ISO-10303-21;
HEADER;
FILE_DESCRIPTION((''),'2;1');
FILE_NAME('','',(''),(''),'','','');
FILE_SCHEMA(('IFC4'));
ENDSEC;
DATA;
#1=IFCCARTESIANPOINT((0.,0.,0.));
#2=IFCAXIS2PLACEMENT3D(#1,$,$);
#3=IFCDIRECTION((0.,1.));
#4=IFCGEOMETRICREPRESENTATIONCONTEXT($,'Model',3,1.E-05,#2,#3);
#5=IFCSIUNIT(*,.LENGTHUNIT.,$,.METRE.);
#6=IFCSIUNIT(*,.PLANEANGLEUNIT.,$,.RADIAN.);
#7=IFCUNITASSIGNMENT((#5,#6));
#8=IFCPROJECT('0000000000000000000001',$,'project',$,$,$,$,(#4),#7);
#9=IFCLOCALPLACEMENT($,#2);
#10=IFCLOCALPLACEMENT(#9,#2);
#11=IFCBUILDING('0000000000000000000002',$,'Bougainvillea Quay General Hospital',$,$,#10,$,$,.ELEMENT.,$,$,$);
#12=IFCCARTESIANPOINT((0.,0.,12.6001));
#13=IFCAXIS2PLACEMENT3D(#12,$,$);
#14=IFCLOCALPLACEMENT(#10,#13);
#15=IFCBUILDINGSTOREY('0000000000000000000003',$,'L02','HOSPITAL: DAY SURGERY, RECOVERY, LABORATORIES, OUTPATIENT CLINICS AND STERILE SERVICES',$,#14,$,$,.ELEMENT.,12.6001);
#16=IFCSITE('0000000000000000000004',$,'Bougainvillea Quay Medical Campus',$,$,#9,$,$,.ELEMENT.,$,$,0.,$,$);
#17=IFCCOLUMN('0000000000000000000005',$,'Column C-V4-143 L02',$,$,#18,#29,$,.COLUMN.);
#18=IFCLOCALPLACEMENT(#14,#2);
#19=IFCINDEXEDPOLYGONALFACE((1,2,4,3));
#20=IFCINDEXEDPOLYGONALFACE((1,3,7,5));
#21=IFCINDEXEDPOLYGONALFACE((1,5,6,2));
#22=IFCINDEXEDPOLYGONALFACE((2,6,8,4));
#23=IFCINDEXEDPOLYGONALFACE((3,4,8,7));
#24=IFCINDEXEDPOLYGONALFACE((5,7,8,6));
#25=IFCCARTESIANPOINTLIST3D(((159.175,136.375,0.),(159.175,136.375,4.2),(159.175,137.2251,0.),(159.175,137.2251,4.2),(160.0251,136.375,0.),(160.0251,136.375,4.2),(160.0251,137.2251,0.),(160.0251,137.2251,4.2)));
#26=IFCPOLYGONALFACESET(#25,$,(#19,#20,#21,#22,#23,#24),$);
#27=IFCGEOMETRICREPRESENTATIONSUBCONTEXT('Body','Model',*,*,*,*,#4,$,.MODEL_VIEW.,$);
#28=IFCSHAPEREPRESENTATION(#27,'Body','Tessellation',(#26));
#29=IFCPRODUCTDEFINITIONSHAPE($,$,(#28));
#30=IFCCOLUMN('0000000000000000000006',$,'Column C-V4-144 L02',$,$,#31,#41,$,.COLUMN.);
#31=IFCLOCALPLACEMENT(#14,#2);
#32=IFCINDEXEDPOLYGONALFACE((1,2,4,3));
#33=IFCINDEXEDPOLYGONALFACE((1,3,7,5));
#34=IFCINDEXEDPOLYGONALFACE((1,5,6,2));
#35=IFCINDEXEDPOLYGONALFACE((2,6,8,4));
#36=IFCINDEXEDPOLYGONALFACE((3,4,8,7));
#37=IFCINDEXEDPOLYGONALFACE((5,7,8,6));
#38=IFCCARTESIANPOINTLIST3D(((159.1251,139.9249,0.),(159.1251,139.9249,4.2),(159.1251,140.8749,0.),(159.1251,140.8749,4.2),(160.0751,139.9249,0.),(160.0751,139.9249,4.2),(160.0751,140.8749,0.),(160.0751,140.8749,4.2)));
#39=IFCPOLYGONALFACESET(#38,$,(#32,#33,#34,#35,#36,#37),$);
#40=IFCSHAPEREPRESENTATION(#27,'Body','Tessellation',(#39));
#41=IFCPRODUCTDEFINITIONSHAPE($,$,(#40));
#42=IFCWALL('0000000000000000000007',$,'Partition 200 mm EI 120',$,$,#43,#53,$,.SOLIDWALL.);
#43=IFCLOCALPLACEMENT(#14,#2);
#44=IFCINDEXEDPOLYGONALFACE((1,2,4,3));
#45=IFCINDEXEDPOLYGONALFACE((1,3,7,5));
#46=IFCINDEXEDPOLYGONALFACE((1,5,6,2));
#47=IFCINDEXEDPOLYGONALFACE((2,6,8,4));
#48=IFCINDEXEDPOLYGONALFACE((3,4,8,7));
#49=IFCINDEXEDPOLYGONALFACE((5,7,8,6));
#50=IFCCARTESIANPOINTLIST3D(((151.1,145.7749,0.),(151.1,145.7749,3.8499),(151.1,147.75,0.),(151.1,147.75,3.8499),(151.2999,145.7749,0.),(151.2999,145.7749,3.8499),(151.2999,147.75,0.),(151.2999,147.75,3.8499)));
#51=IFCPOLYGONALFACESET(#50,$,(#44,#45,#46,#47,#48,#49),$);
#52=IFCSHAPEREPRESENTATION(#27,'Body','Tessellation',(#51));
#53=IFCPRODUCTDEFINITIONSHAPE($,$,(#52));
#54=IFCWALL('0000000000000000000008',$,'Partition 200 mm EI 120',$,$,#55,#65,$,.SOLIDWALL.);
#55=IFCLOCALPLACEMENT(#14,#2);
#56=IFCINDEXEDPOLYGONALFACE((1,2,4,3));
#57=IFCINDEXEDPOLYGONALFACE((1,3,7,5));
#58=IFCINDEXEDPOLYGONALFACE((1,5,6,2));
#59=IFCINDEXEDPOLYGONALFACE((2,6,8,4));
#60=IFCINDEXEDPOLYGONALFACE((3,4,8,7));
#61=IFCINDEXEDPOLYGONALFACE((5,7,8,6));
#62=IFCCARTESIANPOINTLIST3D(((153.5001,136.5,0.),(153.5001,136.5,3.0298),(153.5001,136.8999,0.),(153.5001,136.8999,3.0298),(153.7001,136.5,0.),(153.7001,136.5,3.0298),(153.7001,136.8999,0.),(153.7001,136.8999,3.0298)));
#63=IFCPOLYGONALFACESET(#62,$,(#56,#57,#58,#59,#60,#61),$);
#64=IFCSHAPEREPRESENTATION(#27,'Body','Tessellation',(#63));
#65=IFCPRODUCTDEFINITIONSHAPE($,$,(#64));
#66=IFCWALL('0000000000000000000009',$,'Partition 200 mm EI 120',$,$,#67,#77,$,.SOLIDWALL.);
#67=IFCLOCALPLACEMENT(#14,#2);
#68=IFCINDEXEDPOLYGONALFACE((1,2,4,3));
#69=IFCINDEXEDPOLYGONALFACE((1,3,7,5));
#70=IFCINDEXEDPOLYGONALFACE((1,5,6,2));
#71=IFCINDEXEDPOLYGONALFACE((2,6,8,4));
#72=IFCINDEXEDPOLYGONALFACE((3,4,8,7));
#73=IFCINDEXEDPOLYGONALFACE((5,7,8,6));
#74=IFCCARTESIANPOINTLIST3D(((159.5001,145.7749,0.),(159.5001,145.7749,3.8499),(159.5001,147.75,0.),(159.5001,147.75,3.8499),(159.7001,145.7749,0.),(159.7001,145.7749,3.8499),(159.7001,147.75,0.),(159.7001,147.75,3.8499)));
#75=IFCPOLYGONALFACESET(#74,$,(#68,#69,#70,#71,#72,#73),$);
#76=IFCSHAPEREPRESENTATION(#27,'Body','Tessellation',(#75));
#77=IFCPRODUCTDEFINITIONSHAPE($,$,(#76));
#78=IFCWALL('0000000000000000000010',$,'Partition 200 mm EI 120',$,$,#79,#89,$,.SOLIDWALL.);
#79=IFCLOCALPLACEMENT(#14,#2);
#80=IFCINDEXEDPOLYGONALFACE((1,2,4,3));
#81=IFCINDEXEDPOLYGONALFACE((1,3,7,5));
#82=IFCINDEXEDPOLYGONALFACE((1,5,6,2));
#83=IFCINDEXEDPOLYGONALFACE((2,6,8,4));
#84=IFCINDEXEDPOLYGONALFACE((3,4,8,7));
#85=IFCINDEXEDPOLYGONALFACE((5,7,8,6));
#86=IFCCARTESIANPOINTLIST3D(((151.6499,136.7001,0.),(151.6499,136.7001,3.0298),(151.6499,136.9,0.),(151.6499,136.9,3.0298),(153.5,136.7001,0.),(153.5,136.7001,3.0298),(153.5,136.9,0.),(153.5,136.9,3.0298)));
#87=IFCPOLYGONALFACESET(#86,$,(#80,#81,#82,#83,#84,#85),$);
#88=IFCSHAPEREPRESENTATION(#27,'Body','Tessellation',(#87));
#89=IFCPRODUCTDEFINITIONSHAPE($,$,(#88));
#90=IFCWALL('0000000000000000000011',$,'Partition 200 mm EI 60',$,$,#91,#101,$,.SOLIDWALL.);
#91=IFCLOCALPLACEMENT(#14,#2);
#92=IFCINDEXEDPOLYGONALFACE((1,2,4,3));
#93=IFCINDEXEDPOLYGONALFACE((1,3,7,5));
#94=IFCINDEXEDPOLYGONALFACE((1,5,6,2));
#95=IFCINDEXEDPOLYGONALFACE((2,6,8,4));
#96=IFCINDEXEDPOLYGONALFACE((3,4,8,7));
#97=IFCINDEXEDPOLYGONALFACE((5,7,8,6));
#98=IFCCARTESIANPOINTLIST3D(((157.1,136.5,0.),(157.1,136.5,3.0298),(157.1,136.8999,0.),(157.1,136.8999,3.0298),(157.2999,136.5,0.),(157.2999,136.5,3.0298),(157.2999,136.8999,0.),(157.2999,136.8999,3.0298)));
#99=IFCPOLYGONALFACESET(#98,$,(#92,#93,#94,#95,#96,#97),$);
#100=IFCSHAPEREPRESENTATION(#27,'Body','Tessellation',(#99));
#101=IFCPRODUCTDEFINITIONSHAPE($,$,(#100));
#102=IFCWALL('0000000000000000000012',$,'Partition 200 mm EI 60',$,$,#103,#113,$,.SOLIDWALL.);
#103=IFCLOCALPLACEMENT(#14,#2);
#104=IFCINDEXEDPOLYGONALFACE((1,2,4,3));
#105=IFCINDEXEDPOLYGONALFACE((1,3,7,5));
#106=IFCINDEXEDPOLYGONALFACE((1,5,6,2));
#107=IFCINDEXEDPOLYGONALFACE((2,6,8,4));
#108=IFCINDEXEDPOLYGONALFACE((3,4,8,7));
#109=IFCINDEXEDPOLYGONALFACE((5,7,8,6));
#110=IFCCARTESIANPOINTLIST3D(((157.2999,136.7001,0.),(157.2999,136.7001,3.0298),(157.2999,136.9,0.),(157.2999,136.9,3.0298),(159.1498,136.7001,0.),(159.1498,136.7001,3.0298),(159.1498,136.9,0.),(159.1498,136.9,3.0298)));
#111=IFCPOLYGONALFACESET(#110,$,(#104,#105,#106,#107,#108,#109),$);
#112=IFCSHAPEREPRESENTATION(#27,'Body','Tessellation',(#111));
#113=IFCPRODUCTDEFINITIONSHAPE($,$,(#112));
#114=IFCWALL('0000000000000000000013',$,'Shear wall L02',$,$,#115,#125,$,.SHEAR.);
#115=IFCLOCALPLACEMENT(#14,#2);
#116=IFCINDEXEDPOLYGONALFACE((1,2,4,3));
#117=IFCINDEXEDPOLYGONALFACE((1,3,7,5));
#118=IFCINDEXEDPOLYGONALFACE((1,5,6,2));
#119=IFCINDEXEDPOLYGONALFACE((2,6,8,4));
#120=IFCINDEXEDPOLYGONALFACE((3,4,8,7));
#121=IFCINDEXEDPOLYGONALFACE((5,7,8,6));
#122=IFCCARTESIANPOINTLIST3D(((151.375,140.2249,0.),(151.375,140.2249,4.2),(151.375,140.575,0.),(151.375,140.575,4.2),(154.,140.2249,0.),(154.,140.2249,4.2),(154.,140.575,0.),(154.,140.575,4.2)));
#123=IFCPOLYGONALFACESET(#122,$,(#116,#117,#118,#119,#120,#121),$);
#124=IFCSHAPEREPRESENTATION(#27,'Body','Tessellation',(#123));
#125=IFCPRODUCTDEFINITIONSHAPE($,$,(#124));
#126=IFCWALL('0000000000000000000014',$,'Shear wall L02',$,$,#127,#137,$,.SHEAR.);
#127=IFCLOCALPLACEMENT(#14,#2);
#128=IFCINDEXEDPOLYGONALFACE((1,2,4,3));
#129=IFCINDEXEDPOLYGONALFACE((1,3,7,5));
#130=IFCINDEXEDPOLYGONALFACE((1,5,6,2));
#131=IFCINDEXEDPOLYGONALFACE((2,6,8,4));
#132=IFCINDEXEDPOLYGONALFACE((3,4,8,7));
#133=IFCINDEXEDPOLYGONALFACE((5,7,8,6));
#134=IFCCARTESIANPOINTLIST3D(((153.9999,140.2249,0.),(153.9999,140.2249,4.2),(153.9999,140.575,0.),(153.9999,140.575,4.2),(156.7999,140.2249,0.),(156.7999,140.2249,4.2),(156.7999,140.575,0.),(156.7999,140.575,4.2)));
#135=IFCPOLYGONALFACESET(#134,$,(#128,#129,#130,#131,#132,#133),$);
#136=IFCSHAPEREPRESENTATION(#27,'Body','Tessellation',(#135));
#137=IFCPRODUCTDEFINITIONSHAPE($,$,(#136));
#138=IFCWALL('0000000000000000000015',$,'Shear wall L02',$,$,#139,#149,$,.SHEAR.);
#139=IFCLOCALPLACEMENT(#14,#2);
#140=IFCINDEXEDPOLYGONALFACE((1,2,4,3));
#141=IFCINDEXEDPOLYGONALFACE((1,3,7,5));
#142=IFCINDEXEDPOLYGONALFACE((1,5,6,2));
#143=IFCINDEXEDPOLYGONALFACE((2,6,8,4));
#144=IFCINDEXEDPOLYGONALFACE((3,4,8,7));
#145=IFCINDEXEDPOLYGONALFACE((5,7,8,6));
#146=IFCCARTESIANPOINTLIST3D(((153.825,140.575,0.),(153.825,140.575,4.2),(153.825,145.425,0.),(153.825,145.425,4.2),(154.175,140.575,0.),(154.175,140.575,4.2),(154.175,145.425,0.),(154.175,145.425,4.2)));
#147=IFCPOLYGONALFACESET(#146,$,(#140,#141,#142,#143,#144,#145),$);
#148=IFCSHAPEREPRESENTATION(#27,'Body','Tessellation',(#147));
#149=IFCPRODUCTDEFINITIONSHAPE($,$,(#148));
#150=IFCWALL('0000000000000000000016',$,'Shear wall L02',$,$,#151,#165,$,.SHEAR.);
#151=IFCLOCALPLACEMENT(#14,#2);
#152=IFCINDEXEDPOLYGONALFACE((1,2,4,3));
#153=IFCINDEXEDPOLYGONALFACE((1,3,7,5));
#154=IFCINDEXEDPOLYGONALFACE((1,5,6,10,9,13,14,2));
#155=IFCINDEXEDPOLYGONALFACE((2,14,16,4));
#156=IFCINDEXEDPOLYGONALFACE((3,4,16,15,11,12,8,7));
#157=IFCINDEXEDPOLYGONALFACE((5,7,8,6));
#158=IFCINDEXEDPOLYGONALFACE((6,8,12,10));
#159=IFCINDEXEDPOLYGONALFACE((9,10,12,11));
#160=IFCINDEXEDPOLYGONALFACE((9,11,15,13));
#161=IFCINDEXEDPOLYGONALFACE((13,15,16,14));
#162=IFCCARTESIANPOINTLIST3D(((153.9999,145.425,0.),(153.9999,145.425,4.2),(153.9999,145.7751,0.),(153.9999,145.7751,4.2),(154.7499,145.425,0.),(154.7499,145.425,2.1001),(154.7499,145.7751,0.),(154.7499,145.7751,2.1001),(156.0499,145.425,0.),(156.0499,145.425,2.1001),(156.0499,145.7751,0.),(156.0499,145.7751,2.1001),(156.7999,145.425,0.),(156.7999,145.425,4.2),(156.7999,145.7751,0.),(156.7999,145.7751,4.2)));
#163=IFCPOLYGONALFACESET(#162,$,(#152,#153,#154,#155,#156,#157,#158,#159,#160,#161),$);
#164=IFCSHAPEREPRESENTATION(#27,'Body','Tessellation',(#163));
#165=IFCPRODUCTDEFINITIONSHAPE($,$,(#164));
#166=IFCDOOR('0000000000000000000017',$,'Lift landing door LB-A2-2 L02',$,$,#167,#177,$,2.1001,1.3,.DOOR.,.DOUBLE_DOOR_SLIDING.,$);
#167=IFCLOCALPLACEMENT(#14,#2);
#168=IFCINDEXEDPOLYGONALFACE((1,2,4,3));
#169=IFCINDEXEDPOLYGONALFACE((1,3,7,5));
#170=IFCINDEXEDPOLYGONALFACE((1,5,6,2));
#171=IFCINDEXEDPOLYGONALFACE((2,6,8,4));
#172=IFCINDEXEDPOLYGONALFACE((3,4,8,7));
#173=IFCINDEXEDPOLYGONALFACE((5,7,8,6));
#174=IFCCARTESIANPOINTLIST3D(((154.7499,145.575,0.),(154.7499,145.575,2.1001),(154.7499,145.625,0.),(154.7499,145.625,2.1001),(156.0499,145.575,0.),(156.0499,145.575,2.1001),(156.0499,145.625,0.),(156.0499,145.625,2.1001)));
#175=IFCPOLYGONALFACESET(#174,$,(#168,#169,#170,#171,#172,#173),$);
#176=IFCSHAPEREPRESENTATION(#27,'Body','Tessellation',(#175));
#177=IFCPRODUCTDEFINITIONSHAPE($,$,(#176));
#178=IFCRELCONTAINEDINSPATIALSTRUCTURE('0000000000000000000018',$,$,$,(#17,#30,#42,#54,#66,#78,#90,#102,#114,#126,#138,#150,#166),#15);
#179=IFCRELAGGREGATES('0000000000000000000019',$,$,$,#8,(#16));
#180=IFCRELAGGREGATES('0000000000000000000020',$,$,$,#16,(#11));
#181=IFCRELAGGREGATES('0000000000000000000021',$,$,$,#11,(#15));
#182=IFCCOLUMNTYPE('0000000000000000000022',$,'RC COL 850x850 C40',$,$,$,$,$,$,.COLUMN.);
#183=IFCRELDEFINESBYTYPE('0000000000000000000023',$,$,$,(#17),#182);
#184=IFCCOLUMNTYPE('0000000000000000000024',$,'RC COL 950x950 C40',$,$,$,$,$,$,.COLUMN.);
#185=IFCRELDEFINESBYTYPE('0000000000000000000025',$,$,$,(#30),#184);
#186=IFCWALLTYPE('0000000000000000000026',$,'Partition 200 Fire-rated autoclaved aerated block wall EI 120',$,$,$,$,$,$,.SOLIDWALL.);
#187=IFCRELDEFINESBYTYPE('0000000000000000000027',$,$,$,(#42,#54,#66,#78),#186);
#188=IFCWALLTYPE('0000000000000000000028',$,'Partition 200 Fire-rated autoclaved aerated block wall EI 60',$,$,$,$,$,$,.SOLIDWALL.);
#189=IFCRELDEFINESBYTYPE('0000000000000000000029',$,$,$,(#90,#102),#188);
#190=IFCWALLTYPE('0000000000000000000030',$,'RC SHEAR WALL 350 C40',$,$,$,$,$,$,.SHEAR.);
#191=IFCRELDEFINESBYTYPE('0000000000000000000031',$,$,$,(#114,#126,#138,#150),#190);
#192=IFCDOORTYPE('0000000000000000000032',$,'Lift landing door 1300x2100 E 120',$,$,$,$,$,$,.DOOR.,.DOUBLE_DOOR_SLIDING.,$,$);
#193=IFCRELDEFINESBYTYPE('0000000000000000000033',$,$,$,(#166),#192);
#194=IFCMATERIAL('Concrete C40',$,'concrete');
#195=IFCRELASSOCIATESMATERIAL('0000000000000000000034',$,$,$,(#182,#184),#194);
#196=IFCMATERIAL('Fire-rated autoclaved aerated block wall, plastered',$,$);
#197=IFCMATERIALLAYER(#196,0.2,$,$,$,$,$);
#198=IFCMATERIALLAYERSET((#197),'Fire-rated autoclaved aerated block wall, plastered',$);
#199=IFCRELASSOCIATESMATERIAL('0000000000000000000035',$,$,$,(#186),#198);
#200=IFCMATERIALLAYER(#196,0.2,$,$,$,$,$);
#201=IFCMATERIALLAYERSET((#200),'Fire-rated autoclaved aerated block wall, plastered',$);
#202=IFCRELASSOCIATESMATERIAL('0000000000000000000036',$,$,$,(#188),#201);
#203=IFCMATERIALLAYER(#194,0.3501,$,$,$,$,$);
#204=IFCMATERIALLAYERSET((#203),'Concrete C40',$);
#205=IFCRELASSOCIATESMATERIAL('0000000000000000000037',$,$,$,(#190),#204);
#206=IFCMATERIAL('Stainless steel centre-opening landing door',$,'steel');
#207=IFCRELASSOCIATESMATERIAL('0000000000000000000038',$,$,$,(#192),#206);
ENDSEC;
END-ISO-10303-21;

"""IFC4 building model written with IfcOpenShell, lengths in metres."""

from ifc_helpers import new_model, si_unit, direction, frame, frame_2d, origin, origin_2d, place, context, subcontext, project, spatial, rectangle, extrude, material, layer, layer_set, material_profile, profile_set, type_object, element, fill, save


model = new_model("IFC4")

# Units and contexts
model_context = context("Model", 3, precision=1e-05, world=origin(), true_north=direction((0.0, 1.0)))
body_context = subcontext(model_context, "Body", "Model", "MODEL_VIEW")
ifc_project = project(units=[si_unit("LENGTHUNIT", "METRE"), si_unit("PLANEANGLEUNIT", "RADIAN")], contexts=[model_context])

# Site, building, storey
site_placement = place(None, origin())
site = spatial("IfcSite", under=ifc_project, at=site_placement, Name="Bougainvillea Quay Medical Campus", CompositionType="ELEMENT", RefElevation=0.0)
building_placement = place(site_placement, origin())
building = spatial("IfcBuilding", under=site, at=building_placement, Name="Bougainvillea Quay General Hospital", CompositionType="ELEMENT")
storey_placement = place(building_placement, frame((0.0, 0.0, 12.6001)))
storey = spatial("IfcBuildingStorey", under=building, at=storey_placement, Name="L02", Description="HOSPITAL: DAY SURGERY, RECOVERY, LABORATORIES, OUTPATIENT CLINICS AND STERILE SERVICES", CompositionType="ELEMENT", Elevation=12.6001)

# Columns
ifc_material_1 = material(Name="Concrete C40", Category="concrete")
ifc_material_profile_1 = material_profile(ifc_material_1, rectangle(XDim=0.8501, YDim=0.8501, at=origin_2d()))
ifc_profile_set_1 = profile_set([ifc_material_profile_1], Name="Concrete C40")
column_type_1 = type_object("IfcColumnType", Name="RC COL 850x850 C40", PredefinedType="COLUMN", material=ifc_profile_set_1)
column_1_placement = place(storey_placement, frame((159.6001, 136.8, 0.0), z_axis=(0.0, 0.0, 1.0), x_axis=(1.0, 0.0, 0.0)))
element("IfcColumn", 1, at=column_1_placement, inside=storey, type_object=column_type_1, Name="Column C-V4-143 L02", PredefinedType="COLUMN", context=body_context, shape_type="SweptSolid", body=[
    extrude(rectangle(XDim=0.8501, YDim=0.8501, at=origin_2d()), origin(), (0.0, 0.0, 1.0), 4.2),
])
ifc_material_profile_2 = material_profile(ifc_material_1, rectangle(XDim=0.95, YDim=0.95, at=origin_2d()))
ifc_profile_set_2 = profile_set([ifc_material_profile_2], Name="Concrete C40")
column_type_2 = type_object("IfcColumnType", Name="RC COL 950x950 C40", PredefinedType="COLUMN", material=ifc_profile_set_2)
column_2_placement = place(storey_placement, frame((159.6001, 140.3999, 0.0), z_axis=(0.0, 0.0, 1.0), x_axis=(1.0, 0.0, 0.0)))
element("IfcColumn", 2, at=column_2_placement, inside=storey, type_object=column_type_2, Name="Column C-V4-144 L02", PredefinedType="COLUMN", context=body_context, shape_type="SweptSolid", body=[
    extrude(rectangle(XDim=0.95, YDim=0.95, at=origin_2d()), origin(), (0.0, 0.0, 1.0), 4.2),
])

# Walls
ifc_material_2 = material(Name="Fire-rated autoclaved aerated block wall, plastered")
ifc_layer_1 = layer(ifc_material_2, 0.2)
ifc_layer_set_1 = layer_set([ifc_layer_1], Name="Fire-rated autoclaved aerated block wall, plastered")
wall_type_1 = type_object("IfcWallType", Name="Partition 200 Fire-rated autoclaved aerated block wall EI 120", PredefinedType="SOLIDWALL", material=ifc_layer_set_1)
wall_1_placement = place(storey_placement, frame((151.2, 147.75, 0.0), z_axis=(0.0, 0.0, 1.0), x_axis=(0.0, -1.0, 0.0)))
element("IfcWall", 3, at=wall_1_placement, inside=storey, type_object=wall_type_1, Name="Partition 200 mm EI 120", PredefinedType="SOLIDWALL", context=body_context, shape_type="SweptSolid", body=[
    extrude(rectangle(XDim=1.9751, YDim=0.2, at=frame_2d((0.9875, 0.0))), origin(), (0.0, 0.0, 1.0), 3.8499),
])
wall_2_placement = place(storey_placement, frame((153.6001, 136.5, 0.0), z_axis=(0.0, 0.0, 1.0), x_axis=(0.0, 1.0, 0.0)))
element("IfcWall", 4, at=wall_2_placement, inside=storey, type_object=wall_type_1, Name="Partition 200 mm EI 120", PredefinedType="SOLIDWALL", context=body_context, shape_type="SweptSolid", body=[
    extrude(rectangle(XDim=0.3999, YDim=0.2, at=frame_2d((0.2, 0.0))), origin(), (0.0, 0.0, 1.0), 3.0298),
])
wall_3_placement = place(storey_placement, frame((159.6001, 145.7749, 0.0), z_axis=(0.0, 0.0, 1.0), x_axis=(0.0, 1.0, 0.0)))
element("IfcWall", 5, at=wall_3_placement, inside=storey, type_object=wall_type_1, Name="Partition 200 mm EI 120", PredefinedType="SOLIDWALL", context=body_context, shape_type="SweptSolid", body=[
    extrude(rectangle(XDim=1.9751, YDim=0.2, at=frame_2d((0.9875, 0.0))), origin(), (0.0, 0.0, 1.0), 3.8499),
])
wall_4_placement = place(storey_placement, frame((151.6499, 136.8, 0.0), z_axis=(0.0, 0.0, 1.0), x_axis=(1.0, 0.0, 0.0)))
element("IfcWall", 6, at=wall_4_placement, inside=storey, type_object=wall_type_1, Name="Partition 200 mm EI 120", PredefinedType="SOLIDWALL", context=body_context, shape_type="SweptSolid", body=[
    extrude(rectangle(XDim=1.8501, YDim=0.2, at=frame_2d((0.925, 0.0))), origin(), (0.0, 0.0, 1.0), 3.0298),
])
ifc_layer_2 = layer(ifc_material_2, 0.2)
ifc_layer_set_2 = layer_set([ifc_layer_2], Name="Fire-rated autoclaved aerated block wall, plastered")
wall_type_2 = type_object("IfcWallType", Name="Partition 200 Fire-rated autoclaved aerated block wall EI 60", PredefinedType="SOLIDWALL", material=ifc_layer_set_2)
wall_5_placement = place(storey_placement, frame((157.2, 136.5, 0.0), z_axis=(0.0, 0.0, 1.0), x_axis=(0.0, 1.0, 0.0)))
element("IfcWall", 7, at=wall_5_placement, inside=storey, type_object=wall_type_2, Name="Partition 200 mm EI 60", PredefinedType="SOLIDWALL", context=body_context, shape_type="SweptSolid", body=[
    extrude(rectangle(XDim=0.3999, YDim=0.2, at=frame_2d((0.2, 0.0))), origin(), (0.0, 0.0, 1.0), 3.0298),
])
wall_6_placement = place(storey_placement, frame((157.3, 136.8, 0.0), z_axis=(0.0, 0.0, 1.0), x_axis=(1.0, 0.0, 0.0)))
element("IfcWall", 8, at=wall_6_placement, inside=storey, type_object=wall_type_2, Name="Partition 200 mm EI 60", PredefinedType="SOLIDWALL", context=body_context, shape_type="SweptSolid", body=[
    extrude(rectangle(XDim=1.8499, YDim=0.2, at=frame_2d((0.9248, 0.0))), origin(), (0.0, 0.0, 1.0), 3.0298),
])
ifc_layer_3 = layer(ifc_material_1, 0.3501)
ifc_layer_set_3 = layer_set([ifc_layer_3], Name="Concrete C40")
wall_type_3 = type_object("IfcWallType", Name="RC SHEAR WALL 350 C40", PredefinedType="SHEAR", material=ifc_layer_set_3)
wall_7_placement = place(storey_placement, frame((151.375, 140.3999, 0.0), z_axis=(0.0, 0.0, 1.0), x_axis=(1.0, 0.0, 0.0)))
element("IfcWall", 9, at=wall_7_placement, inside=storey, type_object=wall_type_3, Name="Shear wall L02", PredefinedType="SHEAR", context=body_context, shape_type="SweptSolid", body=[
    extrude(rectangle(XDim=2.625, YDim=0.3501, at=frame_2d((1.3125, 0.0))), origin(), (0.0, 0.0, 1.0), 4.2),
])
wall_8_placement = place(storey_placement, frame((154.0, 140.3999, 0.0), z_axis=(0.0, 0.0, 1.0), x_axis=(1.0, 0.0, 0.0)))
element("IfcWall", 10, at=wall_8_placement, inside=storey, type_object=wall_type_3, Name="Shear wall L02", PredefinedType="SHEAR", context=body_context, shape_type="SweptSolid", body=[
    extrude(rectangle(XDim=2.8, YDim=0.3501, at=frame_2d((1.3999, 0.0))), origin(), (0.0, 0.0, 1.0), 4.2),
])
wall_9_placement = place(storey_placement, frame((154.0, 140.575, 0.0), z_axis=(0.0, 0.0, 1.0), x_axis=(0.0, 1.0, 0.0)))
element("IfcWall", 11, at=wall_9_placement, inside=storey, type_object=wall_type_3, Name="Shear wall L02", PredefinedType="SHEAR", context=body_context, shape_type="SweptSolid", body=[
    extrude(rectangle(XDim=4.8501, YDim=0.3501, at=frame_2d((2.425, 0.0))), origin(), (0.0, 0.0, 1.0), 4.2),
])

# Wall, opening, door
wall_10_placement = place(storey_placement, frame((154.0, 145.6001, 0.0), z_axis=(0.0, 0.0, 1.0), x_axis=(1.0, 0.0, 0.0)))
wall_10 = element("IfcWall", 12, at=wall_10_placement, inside=storey, type_object=wall_type_3, Name="Shear wall L02", PredefinedType="SHEAR", context=body_context, shape_type="SweptSolid", body=[
    extrude(rectangle(XDim=2.8, YDim=0.3501, at=frame_2d((1.3999, 0.0))), origin(), (0.0, 0.0, 1.0), 4.2),
])
opening_1_placement = place(wall_10_placement, frame((0.75, 0.0, 0.0)))
opening_1 = element("IfcOpeningElement", 13, at=opening_1_placement, cuts=wall_10, PredefinedType="OPENING", context=body_context, shape_type="SweptSolid", body=[
    extrude(rectangle(XDim=1.3, YDim=2.1001, at=frame_2d((0.6499, 1.05))), frame((0.0, 0.1851, 0.0), z_axis=(0.0, -1.0, 0.0), x_axis=(1.0, 0.0, 0.0)), (0.0, 0.0, 1.0), 0.3701),
])
ifc_material_3 = material(Name="Stainless steel centre-opening landing door", Category="steel")
door_type_1 = type_object("IfcDoorType", Name="Lift landing door 1300x2100 E 120", OperationType="DOUBLE_DOOR_SLIDING", PredefinedType="DOOR", material=ifc_material_3)
door_1_placement = place(opening_1_placement, origin())
door_1 = element("IfcDoor", 14, at=door_1_placement, inside=storey, type_object=door_type_1, Name="Lift landing door LB-A2-2 L02", OperationType="DOUBLE_DOOR_SLIDING", OverallHeight=2.1001, OverallWidth=1.3, PredefinedType="DOOR", context=body_context, shape_type="SweptSolid", body=[
    extrude(rectangle(XDim=1.3, YDim=2.1001, at=frame_2d((0.6499, 1.05))), frame((0.0, 0.0249, 0.0), z_axis=(0.0, -1.0, 0.0), x_axis=(1.0, 0.0, 0.0)), (0.0, 0.0, 1.0), 0.05),
])
fill(opening_1, door_1)

save(model, "model.ifc")
